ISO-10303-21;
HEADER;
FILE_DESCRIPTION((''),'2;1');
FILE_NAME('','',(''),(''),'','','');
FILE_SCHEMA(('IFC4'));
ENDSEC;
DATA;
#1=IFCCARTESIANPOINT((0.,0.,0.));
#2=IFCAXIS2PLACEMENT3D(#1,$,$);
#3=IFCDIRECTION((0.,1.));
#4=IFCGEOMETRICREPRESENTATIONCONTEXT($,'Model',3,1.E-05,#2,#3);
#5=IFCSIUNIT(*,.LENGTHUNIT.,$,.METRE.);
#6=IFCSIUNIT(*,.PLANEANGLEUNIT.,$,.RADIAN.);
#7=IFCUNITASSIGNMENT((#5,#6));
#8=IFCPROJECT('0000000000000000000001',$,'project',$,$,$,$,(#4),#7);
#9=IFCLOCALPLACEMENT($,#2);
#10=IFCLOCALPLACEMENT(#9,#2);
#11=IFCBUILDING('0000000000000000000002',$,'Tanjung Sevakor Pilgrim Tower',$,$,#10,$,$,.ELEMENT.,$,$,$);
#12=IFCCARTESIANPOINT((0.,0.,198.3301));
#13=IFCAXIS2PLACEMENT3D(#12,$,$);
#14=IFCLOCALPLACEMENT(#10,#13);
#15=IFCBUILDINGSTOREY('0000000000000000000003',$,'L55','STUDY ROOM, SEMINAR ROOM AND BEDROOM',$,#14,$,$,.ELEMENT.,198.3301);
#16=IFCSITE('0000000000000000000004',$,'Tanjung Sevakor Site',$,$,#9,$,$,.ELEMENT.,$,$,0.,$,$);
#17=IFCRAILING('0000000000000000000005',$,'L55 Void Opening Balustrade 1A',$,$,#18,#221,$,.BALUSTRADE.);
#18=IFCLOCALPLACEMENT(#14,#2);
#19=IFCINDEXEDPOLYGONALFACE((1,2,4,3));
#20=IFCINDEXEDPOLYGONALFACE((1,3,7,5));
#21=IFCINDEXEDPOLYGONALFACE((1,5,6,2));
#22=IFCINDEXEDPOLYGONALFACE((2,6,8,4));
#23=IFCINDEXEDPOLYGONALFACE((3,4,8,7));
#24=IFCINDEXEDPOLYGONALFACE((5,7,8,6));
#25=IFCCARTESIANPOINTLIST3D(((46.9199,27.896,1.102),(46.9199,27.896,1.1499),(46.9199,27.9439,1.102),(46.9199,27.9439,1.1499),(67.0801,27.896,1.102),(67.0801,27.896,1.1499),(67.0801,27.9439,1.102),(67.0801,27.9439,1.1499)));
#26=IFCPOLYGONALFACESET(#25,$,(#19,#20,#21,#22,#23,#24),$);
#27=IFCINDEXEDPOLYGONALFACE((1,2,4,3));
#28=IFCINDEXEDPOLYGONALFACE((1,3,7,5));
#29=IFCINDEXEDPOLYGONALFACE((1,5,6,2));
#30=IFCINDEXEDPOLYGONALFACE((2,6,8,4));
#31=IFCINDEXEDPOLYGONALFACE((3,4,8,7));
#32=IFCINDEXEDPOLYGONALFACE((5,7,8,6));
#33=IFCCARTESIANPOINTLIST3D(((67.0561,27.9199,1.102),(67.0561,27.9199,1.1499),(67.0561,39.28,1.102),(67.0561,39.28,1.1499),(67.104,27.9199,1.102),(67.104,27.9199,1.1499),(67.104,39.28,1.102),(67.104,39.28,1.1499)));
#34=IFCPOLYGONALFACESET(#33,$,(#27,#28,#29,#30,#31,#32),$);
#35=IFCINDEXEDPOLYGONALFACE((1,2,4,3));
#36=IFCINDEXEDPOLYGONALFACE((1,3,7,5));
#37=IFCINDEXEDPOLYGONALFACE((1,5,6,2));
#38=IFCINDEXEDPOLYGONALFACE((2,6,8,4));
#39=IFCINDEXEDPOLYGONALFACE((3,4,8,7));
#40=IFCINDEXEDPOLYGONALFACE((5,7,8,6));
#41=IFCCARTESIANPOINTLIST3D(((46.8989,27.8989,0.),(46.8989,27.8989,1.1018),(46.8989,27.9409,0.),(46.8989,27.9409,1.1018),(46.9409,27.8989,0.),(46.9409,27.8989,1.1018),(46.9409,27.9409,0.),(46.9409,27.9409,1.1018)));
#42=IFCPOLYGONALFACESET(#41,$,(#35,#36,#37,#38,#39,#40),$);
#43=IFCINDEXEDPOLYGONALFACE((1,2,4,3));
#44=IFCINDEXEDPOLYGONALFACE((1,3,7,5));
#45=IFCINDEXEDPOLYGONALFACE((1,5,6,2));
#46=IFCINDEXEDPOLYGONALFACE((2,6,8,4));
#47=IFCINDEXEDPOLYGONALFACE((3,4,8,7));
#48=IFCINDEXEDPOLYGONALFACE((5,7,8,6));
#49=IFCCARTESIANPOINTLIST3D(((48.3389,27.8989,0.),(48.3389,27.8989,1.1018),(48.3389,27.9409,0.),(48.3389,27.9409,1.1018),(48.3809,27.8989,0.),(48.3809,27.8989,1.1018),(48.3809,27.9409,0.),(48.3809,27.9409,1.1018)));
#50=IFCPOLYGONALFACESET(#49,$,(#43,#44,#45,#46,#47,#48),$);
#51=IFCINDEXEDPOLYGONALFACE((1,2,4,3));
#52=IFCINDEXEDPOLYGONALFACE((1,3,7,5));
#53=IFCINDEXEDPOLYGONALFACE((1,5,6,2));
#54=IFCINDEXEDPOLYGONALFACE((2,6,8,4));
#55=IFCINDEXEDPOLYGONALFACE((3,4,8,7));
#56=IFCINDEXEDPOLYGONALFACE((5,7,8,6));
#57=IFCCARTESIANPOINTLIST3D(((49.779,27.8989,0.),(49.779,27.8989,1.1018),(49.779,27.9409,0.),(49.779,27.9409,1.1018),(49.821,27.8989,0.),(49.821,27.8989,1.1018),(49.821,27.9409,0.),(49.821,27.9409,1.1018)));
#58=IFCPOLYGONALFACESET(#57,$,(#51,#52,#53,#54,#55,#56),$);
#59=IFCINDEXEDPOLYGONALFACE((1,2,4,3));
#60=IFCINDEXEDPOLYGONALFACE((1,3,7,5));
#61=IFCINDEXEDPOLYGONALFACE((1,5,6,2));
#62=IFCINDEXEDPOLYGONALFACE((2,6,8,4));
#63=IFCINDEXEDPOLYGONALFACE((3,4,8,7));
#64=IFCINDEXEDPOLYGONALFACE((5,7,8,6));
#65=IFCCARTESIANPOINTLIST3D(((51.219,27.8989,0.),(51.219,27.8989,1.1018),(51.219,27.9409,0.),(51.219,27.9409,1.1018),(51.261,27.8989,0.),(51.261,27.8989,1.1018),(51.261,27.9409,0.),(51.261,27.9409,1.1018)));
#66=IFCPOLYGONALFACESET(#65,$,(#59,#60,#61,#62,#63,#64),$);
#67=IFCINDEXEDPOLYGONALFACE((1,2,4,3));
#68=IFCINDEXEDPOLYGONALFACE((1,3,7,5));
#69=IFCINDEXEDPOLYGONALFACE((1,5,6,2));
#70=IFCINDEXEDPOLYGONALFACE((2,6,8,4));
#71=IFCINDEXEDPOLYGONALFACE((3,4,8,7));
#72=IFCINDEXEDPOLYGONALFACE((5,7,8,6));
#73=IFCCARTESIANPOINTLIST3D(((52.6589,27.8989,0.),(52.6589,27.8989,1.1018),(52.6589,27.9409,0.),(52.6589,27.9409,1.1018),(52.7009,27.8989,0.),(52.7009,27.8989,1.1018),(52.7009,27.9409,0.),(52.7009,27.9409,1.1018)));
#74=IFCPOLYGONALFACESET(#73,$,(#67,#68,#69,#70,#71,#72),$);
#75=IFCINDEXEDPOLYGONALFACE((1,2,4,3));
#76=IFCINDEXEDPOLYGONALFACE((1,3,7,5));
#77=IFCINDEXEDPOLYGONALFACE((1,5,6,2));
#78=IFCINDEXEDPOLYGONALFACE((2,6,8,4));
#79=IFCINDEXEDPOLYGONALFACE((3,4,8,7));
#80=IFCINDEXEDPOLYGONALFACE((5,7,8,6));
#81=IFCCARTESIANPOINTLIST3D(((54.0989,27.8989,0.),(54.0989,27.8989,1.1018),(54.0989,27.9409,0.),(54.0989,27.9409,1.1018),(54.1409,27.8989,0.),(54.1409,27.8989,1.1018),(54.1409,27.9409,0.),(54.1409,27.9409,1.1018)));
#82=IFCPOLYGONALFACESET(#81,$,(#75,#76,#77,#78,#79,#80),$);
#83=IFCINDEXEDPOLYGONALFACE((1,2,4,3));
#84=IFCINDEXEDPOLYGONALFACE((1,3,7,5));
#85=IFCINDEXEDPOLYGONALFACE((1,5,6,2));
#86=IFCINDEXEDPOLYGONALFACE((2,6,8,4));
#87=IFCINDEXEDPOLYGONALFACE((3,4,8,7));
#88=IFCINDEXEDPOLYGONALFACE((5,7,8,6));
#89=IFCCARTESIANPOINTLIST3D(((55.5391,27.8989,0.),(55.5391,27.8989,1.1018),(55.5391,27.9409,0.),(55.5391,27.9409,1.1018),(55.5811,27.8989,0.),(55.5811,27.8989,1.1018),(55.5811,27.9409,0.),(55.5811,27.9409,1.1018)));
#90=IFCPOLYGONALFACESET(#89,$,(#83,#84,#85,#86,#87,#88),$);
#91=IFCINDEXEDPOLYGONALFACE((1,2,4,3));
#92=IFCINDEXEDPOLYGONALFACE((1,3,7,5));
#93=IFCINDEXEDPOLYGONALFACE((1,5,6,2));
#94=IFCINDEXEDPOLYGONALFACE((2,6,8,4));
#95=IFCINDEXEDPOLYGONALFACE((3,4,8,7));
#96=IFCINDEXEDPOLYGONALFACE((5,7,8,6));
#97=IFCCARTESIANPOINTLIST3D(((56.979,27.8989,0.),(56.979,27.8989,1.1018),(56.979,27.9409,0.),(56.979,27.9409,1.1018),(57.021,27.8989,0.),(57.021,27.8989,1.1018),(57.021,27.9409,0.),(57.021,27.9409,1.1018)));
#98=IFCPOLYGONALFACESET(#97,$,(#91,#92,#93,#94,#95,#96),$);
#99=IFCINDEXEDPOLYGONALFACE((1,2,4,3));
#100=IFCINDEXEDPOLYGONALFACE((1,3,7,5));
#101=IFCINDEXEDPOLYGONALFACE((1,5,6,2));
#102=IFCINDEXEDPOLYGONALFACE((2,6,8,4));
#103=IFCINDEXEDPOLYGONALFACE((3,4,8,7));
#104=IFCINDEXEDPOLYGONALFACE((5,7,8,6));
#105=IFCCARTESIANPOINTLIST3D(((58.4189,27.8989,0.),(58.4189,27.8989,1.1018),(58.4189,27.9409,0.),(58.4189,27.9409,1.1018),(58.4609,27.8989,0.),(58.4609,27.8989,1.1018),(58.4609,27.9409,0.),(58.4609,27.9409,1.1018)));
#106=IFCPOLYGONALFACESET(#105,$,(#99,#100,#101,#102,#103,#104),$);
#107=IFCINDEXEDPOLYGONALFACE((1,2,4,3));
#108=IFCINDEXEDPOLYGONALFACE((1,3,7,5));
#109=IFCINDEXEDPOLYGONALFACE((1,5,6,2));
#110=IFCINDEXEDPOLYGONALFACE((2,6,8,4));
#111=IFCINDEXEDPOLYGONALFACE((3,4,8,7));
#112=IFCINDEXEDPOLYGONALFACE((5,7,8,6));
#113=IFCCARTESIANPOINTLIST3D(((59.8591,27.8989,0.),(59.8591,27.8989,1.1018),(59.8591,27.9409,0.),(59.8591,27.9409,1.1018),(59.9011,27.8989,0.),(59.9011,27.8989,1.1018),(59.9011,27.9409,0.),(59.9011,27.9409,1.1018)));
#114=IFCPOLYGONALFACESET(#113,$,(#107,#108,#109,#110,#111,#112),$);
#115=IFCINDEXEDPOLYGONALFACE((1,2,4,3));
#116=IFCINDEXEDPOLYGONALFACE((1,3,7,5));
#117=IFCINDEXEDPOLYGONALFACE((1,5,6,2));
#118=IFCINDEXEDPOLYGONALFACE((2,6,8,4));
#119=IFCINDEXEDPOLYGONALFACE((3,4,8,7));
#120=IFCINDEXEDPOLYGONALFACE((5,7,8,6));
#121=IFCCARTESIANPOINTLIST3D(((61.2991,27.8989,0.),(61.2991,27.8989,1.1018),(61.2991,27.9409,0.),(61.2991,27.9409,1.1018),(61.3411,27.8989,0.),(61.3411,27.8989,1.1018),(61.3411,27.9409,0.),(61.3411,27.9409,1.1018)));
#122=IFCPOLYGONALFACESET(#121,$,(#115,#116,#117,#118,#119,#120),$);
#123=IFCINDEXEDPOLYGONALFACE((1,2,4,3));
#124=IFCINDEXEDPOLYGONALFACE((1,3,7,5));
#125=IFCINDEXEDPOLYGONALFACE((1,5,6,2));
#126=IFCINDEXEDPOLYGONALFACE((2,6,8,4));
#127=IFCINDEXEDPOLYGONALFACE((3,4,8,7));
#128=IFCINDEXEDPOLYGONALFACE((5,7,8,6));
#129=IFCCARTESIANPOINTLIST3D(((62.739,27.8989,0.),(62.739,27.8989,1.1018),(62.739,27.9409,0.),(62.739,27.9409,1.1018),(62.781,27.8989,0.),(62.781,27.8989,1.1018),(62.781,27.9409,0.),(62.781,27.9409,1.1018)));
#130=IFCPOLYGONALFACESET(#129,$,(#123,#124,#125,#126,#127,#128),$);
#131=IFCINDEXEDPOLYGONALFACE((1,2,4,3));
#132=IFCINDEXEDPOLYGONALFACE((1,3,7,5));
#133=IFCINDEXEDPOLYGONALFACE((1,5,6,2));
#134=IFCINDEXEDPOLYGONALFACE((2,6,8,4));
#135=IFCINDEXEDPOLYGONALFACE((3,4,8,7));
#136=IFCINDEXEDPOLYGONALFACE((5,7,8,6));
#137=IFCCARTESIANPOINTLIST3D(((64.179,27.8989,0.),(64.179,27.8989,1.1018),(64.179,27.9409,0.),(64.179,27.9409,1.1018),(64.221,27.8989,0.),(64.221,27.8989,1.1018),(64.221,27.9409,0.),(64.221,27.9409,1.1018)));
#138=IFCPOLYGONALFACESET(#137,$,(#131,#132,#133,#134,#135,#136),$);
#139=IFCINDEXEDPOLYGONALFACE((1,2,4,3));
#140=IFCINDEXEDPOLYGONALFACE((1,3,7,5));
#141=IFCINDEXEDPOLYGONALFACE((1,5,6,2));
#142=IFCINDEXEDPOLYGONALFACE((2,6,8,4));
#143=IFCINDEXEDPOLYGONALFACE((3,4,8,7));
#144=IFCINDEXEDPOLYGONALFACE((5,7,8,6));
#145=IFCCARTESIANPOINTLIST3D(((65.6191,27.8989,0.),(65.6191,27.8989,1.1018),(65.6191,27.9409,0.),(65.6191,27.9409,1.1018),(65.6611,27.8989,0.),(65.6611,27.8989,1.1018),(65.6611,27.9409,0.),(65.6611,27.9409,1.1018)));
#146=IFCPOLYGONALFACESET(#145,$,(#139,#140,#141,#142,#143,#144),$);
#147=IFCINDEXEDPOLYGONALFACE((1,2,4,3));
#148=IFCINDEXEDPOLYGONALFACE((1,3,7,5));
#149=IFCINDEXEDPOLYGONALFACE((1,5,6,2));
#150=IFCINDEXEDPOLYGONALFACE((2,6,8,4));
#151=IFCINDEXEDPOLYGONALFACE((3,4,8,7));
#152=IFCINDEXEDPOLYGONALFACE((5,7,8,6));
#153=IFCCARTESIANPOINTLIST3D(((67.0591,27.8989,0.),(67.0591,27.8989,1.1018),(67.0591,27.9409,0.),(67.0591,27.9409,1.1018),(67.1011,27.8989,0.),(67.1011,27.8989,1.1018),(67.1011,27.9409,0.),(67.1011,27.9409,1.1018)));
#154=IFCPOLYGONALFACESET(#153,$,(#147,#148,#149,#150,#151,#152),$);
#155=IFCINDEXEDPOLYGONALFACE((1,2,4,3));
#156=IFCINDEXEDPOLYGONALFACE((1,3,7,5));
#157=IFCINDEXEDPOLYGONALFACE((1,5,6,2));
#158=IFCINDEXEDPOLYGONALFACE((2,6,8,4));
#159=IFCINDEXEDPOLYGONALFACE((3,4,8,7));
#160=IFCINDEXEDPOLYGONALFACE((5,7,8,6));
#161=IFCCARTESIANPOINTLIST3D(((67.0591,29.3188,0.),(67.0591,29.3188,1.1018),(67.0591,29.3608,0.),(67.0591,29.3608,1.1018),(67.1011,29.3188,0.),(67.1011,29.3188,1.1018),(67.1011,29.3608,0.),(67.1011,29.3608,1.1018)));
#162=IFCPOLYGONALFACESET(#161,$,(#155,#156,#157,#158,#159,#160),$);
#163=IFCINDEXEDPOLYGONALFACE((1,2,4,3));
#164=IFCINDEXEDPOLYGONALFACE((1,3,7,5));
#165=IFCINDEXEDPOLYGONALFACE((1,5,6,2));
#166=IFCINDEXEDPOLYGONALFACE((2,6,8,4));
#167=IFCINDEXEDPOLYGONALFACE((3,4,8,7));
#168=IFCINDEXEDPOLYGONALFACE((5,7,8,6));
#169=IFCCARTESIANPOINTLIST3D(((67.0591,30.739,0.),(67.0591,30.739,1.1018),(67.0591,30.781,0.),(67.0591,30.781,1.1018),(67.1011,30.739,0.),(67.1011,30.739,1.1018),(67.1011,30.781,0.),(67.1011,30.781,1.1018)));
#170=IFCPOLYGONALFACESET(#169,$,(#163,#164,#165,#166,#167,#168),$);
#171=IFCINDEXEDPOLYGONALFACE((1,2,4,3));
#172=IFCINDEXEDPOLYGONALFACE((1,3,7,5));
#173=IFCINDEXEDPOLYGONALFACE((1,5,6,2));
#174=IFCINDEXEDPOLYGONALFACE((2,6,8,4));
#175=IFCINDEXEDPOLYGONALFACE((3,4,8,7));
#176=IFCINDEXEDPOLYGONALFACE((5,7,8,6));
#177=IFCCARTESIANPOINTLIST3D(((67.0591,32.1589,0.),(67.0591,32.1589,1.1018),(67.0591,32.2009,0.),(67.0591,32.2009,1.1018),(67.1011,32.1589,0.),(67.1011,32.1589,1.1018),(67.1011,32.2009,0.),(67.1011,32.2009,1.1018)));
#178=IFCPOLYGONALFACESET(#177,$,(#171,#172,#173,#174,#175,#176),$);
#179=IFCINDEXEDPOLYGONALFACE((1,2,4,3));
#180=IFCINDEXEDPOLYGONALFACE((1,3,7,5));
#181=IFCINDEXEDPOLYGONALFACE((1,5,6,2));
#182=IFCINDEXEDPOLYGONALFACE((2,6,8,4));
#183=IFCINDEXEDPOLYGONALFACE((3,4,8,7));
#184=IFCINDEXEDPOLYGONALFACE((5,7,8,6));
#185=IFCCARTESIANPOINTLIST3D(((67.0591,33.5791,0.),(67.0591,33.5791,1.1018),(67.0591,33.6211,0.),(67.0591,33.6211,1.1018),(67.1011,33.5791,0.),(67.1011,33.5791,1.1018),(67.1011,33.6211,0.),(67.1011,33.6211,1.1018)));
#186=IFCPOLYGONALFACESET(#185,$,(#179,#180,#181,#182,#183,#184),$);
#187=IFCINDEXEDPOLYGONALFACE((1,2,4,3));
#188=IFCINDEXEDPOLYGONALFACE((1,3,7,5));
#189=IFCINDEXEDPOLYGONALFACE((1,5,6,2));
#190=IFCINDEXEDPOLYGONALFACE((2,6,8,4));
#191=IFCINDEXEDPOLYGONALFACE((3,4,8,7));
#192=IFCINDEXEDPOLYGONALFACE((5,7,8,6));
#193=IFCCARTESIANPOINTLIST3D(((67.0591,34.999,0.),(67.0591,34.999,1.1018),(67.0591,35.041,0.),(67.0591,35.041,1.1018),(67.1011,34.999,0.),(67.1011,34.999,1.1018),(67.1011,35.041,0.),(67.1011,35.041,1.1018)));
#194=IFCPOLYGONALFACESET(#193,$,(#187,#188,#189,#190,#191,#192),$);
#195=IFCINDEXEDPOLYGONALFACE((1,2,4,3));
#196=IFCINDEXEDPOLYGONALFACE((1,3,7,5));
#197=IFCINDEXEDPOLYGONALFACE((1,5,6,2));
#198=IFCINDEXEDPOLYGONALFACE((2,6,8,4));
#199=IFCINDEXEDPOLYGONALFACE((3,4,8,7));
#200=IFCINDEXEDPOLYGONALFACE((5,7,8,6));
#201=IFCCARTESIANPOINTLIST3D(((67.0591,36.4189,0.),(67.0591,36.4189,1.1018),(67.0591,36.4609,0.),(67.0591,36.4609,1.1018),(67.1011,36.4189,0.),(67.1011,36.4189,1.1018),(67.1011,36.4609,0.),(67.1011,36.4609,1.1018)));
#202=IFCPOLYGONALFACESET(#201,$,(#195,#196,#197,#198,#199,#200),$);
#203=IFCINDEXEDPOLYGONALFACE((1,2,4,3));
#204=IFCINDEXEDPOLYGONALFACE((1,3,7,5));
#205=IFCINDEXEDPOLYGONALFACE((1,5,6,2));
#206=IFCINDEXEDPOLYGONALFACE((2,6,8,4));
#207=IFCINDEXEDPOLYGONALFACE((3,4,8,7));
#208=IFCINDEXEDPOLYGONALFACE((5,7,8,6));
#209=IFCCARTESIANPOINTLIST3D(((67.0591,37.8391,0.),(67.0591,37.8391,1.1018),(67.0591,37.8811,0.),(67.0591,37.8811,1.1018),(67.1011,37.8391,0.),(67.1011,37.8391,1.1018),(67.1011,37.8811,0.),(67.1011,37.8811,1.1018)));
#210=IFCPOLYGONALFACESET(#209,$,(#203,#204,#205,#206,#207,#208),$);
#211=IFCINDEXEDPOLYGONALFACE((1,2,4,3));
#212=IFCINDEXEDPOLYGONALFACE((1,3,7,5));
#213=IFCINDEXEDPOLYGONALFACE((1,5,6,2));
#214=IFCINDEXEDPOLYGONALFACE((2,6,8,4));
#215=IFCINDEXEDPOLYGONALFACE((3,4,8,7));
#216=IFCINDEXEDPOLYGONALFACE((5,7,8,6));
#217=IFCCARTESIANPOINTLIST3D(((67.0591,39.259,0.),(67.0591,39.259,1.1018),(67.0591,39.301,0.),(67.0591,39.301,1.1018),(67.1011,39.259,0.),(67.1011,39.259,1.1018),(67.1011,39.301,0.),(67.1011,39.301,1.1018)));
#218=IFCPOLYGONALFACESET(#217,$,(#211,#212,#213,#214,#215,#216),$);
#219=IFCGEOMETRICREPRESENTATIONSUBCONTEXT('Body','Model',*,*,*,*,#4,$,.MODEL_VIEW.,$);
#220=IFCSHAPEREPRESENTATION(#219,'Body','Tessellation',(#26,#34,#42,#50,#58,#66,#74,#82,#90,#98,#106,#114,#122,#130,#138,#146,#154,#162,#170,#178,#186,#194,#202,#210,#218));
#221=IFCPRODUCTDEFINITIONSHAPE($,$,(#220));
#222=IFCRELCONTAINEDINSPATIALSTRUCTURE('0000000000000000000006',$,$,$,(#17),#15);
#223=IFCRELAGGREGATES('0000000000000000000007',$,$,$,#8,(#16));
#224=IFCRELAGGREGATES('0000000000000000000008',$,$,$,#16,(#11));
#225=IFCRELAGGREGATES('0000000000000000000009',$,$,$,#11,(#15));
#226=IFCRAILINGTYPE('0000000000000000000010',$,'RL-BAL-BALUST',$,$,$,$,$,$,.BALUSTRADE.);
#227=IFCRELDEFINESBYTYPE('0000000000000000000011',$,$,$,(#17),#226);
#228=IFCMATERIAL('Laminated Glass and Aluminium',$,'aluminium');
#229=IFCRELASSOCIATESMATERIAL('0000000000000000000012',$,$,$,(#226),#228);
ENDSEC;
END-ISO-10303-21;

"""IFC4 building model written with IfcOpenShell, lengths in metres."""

from ifc_helpers import new_model, si_unit, direction, frame, origin, place, context, subcontext, project, spatial, rectangle, extrude, material, type_object, element, save


model = new_model("IFC4")

# Units and contexts
model_context = context("Model", 3, precision=1e-05, world=origin(), true_north=direction((0.0, 1.0)))
body_context = subcontext(model_context, "Body", "Model", "MODEL_VIEW")
ifc_project = project(units=[si_unit("LENGTHUNIT", "METRE"), si_unit("PLANEANGLEUNIT", "RADIAN")], contexts=[model_context])

# Site, building, storey
site_placement = place(None, origin())
site = spatial("IfcSite", under=ifc_project, at=site_placement, Name="Tanjung Sevakor Site", CompositionType="ELEMENT", RefElevation=0.0)
building_placement = place(site_placement, origin())
building = spatial("IfcBuilding", under=site, at=building_placement, Name="Tanjung Sevakor Pilgrim Tower", CompositionType="ELEMENT")
storey_placement = place(building_placement, frame((0.0, 0.0, 198.3301)))
storey = spatial("IfcBuildingStorey", under=building, at=storey_placement, Name="L55", Description="STUDY ROOM, SEMINAR ROOM AND BEDROOM", CompositionType="ELEMENT", Elevation=198.3301)

# Railing
ifc_material_1 = material(Name="Laminated Glass and Aluminium", Category="aluminium")
railing_type = type_object("IfcRailingType", Name="RL-BAL-BALUST", PredefinedType="BALUSTRADE", material=ifc_material_1)
railing_placement = place(storey_placement, frame((46.9199, 27.9199, 0.0)))
element("IfcRailing", 1, at=railing_placement, inside=storey, type_object=railing_type, Name="L55 Void Opening Balustrade 1A", PredefinedType="BALUSTRADE", context=body_context, shape_type="SweptSolid", body=[
    extrude(rectangle(XDim=0.0479, YDim=0.0479), frame((0.0, 0.0, 1.126), z_axis=(1.0, 0.0, 0.0), x_axis=(0.0, 1.0, 0.0)), (0.0, 0.0, 1.0), 20.1602),
    extrude(rectangle(XDim=0.0479, YDim=0.0479), frame((20.1602, 0.0, 1.126), z_axis=(0.0, 1.0, 0.0), x_axis=(-1.0, 0.0, 0.0)), (0.0, 0.0, 1.0), 11.3601),
    extrude(rectangle(XDim=0.042, YDim=0.042), origin(), (0.0, 0.0, 1.0), 1.1018),
    extrude(rectangle(XDim=0.042, YDim=0.042), frame((1.4399, 0.0, 0.0)), (0.0, 0.0, 1.0), 1.1018),
    extrude(rectangle(XDim=0.042, YDim=0.042), frame((2.8801, 0.0, 0.0)), (0.0, 0.0, 1.0), 1.1018),
    extrude(rectangle(XDim=0.042, YDim=0.042), frame((4.3201, 0.0, 0.0)), (0.0, 0.0, 1.0), 1.1018),
    extrude(rectangle(XDim=0.042, YDim=0.042), frame((5.76, 0.0, 0.0)), (0.0, 0.0, 1.0), 1.1018),
    extrude(rectangle(XDim=0.042, YDim=0.042), frame((7.2, 0.0, 0.0)), (0.0, 0.0, 1.0), 1.1018),
    extrude(rectangle(XDim=0.042, YDim=0.042), frame((8.6401, 0.0, 0.0)), (0.0, 0.0, 1.0), 1.1018),
    extrude(rectangle(XDim=0.042, YDim=0.042), frame((10.0801, 0.0, 0.0)), (0.0, 0.0, 1.0), 1.1018),
    extrude(rectangle(XDim=0.042, YDim=0.042), frame((11.52, 0.0, 0.0)), (0.0, 0.0, 1.0), 1.1018),
    extrude(rectangle(XDim=0.042, YDim=0.042), frame((12.9602, 0.0, 0.0)), (0.0, 0.0, 1.0), 1.1018),
    extrude(rectangle(XDim=0.042, YDim=0.042), frame((14.4001, 0.0, 0.0)), (0.0, 0.0, 1.0), 1.1018),
    extrude(rectangle(XDim=0.042, YDim=0.042), frame((15.8401, 0.0, 0.0)), (0.0, 0.0, 1.0), 1.1018),
    extrude(rectangle(XDim=0.042, YDim=0.042), frame((17.28, 0.0, 0.0)), (0.0, 0.0, 1.0), 1.1018),
    extrude(rectangle(XDim=0.042, YDim=0.042), frame((18.7202, 0.0, 0.0)), (0.0, 0.0, 1.0), 1.1018),
    extrude(rectangle(XDim=0.042, YDim=0.042), frame((20.1602, 0.0, 0.0)), (0.0, 0.0, 1.0), 1.1018),
    extrude(rectangle(XDim=0.042, YDim=0.042), frame((20.1602, 1.4199, 0.0)), (0.0, 0.0, 1.0), 1.1018),
    extrude(rectangle(XDim=0.042, YDim=0.042), frame((20.1602, 2.8401, 0.0)), (0.0, 0.0, 1.0), 1.1018),
    extrude(rectangle(XDim=0.042, YDim=0.042), frame((20.1602, 4.26, 0.0)), (0.0, 0.0, 1.0), 1.1018),
    extrude(rectangle(XDim=0.042, YDim=0.042), frame((20.1602, 5.6802, 0.0)), (0.0, 0.0, 1.0), 1.1018),
    extrude(rectangle(XDim=0.042, YDim=0.042), frame((20.1602, 7.1001, 0.0)), (0.0, 0.0, 1.0), 1.1018),
    extrude(rectangle(XDim=0.042, YDim=0.042), frame((20.1602, 8.52, 0.0)), (0.0, 0.0, 1.0), 1.1018),
    extrude(rectangle(XDim=0.042, YDim=0.042), frame((20.1602, 9.9402, 0.0)), (0.0, 0.0, 1.0), 1.1018),
    extrude(rectangle(XDim=0.042, YDim=0.042), frame((20.1602, 11.3601, 0.0)), (0.0, 0.0, 1.0), 1.1018),
])

save(model, "model.ifc")
